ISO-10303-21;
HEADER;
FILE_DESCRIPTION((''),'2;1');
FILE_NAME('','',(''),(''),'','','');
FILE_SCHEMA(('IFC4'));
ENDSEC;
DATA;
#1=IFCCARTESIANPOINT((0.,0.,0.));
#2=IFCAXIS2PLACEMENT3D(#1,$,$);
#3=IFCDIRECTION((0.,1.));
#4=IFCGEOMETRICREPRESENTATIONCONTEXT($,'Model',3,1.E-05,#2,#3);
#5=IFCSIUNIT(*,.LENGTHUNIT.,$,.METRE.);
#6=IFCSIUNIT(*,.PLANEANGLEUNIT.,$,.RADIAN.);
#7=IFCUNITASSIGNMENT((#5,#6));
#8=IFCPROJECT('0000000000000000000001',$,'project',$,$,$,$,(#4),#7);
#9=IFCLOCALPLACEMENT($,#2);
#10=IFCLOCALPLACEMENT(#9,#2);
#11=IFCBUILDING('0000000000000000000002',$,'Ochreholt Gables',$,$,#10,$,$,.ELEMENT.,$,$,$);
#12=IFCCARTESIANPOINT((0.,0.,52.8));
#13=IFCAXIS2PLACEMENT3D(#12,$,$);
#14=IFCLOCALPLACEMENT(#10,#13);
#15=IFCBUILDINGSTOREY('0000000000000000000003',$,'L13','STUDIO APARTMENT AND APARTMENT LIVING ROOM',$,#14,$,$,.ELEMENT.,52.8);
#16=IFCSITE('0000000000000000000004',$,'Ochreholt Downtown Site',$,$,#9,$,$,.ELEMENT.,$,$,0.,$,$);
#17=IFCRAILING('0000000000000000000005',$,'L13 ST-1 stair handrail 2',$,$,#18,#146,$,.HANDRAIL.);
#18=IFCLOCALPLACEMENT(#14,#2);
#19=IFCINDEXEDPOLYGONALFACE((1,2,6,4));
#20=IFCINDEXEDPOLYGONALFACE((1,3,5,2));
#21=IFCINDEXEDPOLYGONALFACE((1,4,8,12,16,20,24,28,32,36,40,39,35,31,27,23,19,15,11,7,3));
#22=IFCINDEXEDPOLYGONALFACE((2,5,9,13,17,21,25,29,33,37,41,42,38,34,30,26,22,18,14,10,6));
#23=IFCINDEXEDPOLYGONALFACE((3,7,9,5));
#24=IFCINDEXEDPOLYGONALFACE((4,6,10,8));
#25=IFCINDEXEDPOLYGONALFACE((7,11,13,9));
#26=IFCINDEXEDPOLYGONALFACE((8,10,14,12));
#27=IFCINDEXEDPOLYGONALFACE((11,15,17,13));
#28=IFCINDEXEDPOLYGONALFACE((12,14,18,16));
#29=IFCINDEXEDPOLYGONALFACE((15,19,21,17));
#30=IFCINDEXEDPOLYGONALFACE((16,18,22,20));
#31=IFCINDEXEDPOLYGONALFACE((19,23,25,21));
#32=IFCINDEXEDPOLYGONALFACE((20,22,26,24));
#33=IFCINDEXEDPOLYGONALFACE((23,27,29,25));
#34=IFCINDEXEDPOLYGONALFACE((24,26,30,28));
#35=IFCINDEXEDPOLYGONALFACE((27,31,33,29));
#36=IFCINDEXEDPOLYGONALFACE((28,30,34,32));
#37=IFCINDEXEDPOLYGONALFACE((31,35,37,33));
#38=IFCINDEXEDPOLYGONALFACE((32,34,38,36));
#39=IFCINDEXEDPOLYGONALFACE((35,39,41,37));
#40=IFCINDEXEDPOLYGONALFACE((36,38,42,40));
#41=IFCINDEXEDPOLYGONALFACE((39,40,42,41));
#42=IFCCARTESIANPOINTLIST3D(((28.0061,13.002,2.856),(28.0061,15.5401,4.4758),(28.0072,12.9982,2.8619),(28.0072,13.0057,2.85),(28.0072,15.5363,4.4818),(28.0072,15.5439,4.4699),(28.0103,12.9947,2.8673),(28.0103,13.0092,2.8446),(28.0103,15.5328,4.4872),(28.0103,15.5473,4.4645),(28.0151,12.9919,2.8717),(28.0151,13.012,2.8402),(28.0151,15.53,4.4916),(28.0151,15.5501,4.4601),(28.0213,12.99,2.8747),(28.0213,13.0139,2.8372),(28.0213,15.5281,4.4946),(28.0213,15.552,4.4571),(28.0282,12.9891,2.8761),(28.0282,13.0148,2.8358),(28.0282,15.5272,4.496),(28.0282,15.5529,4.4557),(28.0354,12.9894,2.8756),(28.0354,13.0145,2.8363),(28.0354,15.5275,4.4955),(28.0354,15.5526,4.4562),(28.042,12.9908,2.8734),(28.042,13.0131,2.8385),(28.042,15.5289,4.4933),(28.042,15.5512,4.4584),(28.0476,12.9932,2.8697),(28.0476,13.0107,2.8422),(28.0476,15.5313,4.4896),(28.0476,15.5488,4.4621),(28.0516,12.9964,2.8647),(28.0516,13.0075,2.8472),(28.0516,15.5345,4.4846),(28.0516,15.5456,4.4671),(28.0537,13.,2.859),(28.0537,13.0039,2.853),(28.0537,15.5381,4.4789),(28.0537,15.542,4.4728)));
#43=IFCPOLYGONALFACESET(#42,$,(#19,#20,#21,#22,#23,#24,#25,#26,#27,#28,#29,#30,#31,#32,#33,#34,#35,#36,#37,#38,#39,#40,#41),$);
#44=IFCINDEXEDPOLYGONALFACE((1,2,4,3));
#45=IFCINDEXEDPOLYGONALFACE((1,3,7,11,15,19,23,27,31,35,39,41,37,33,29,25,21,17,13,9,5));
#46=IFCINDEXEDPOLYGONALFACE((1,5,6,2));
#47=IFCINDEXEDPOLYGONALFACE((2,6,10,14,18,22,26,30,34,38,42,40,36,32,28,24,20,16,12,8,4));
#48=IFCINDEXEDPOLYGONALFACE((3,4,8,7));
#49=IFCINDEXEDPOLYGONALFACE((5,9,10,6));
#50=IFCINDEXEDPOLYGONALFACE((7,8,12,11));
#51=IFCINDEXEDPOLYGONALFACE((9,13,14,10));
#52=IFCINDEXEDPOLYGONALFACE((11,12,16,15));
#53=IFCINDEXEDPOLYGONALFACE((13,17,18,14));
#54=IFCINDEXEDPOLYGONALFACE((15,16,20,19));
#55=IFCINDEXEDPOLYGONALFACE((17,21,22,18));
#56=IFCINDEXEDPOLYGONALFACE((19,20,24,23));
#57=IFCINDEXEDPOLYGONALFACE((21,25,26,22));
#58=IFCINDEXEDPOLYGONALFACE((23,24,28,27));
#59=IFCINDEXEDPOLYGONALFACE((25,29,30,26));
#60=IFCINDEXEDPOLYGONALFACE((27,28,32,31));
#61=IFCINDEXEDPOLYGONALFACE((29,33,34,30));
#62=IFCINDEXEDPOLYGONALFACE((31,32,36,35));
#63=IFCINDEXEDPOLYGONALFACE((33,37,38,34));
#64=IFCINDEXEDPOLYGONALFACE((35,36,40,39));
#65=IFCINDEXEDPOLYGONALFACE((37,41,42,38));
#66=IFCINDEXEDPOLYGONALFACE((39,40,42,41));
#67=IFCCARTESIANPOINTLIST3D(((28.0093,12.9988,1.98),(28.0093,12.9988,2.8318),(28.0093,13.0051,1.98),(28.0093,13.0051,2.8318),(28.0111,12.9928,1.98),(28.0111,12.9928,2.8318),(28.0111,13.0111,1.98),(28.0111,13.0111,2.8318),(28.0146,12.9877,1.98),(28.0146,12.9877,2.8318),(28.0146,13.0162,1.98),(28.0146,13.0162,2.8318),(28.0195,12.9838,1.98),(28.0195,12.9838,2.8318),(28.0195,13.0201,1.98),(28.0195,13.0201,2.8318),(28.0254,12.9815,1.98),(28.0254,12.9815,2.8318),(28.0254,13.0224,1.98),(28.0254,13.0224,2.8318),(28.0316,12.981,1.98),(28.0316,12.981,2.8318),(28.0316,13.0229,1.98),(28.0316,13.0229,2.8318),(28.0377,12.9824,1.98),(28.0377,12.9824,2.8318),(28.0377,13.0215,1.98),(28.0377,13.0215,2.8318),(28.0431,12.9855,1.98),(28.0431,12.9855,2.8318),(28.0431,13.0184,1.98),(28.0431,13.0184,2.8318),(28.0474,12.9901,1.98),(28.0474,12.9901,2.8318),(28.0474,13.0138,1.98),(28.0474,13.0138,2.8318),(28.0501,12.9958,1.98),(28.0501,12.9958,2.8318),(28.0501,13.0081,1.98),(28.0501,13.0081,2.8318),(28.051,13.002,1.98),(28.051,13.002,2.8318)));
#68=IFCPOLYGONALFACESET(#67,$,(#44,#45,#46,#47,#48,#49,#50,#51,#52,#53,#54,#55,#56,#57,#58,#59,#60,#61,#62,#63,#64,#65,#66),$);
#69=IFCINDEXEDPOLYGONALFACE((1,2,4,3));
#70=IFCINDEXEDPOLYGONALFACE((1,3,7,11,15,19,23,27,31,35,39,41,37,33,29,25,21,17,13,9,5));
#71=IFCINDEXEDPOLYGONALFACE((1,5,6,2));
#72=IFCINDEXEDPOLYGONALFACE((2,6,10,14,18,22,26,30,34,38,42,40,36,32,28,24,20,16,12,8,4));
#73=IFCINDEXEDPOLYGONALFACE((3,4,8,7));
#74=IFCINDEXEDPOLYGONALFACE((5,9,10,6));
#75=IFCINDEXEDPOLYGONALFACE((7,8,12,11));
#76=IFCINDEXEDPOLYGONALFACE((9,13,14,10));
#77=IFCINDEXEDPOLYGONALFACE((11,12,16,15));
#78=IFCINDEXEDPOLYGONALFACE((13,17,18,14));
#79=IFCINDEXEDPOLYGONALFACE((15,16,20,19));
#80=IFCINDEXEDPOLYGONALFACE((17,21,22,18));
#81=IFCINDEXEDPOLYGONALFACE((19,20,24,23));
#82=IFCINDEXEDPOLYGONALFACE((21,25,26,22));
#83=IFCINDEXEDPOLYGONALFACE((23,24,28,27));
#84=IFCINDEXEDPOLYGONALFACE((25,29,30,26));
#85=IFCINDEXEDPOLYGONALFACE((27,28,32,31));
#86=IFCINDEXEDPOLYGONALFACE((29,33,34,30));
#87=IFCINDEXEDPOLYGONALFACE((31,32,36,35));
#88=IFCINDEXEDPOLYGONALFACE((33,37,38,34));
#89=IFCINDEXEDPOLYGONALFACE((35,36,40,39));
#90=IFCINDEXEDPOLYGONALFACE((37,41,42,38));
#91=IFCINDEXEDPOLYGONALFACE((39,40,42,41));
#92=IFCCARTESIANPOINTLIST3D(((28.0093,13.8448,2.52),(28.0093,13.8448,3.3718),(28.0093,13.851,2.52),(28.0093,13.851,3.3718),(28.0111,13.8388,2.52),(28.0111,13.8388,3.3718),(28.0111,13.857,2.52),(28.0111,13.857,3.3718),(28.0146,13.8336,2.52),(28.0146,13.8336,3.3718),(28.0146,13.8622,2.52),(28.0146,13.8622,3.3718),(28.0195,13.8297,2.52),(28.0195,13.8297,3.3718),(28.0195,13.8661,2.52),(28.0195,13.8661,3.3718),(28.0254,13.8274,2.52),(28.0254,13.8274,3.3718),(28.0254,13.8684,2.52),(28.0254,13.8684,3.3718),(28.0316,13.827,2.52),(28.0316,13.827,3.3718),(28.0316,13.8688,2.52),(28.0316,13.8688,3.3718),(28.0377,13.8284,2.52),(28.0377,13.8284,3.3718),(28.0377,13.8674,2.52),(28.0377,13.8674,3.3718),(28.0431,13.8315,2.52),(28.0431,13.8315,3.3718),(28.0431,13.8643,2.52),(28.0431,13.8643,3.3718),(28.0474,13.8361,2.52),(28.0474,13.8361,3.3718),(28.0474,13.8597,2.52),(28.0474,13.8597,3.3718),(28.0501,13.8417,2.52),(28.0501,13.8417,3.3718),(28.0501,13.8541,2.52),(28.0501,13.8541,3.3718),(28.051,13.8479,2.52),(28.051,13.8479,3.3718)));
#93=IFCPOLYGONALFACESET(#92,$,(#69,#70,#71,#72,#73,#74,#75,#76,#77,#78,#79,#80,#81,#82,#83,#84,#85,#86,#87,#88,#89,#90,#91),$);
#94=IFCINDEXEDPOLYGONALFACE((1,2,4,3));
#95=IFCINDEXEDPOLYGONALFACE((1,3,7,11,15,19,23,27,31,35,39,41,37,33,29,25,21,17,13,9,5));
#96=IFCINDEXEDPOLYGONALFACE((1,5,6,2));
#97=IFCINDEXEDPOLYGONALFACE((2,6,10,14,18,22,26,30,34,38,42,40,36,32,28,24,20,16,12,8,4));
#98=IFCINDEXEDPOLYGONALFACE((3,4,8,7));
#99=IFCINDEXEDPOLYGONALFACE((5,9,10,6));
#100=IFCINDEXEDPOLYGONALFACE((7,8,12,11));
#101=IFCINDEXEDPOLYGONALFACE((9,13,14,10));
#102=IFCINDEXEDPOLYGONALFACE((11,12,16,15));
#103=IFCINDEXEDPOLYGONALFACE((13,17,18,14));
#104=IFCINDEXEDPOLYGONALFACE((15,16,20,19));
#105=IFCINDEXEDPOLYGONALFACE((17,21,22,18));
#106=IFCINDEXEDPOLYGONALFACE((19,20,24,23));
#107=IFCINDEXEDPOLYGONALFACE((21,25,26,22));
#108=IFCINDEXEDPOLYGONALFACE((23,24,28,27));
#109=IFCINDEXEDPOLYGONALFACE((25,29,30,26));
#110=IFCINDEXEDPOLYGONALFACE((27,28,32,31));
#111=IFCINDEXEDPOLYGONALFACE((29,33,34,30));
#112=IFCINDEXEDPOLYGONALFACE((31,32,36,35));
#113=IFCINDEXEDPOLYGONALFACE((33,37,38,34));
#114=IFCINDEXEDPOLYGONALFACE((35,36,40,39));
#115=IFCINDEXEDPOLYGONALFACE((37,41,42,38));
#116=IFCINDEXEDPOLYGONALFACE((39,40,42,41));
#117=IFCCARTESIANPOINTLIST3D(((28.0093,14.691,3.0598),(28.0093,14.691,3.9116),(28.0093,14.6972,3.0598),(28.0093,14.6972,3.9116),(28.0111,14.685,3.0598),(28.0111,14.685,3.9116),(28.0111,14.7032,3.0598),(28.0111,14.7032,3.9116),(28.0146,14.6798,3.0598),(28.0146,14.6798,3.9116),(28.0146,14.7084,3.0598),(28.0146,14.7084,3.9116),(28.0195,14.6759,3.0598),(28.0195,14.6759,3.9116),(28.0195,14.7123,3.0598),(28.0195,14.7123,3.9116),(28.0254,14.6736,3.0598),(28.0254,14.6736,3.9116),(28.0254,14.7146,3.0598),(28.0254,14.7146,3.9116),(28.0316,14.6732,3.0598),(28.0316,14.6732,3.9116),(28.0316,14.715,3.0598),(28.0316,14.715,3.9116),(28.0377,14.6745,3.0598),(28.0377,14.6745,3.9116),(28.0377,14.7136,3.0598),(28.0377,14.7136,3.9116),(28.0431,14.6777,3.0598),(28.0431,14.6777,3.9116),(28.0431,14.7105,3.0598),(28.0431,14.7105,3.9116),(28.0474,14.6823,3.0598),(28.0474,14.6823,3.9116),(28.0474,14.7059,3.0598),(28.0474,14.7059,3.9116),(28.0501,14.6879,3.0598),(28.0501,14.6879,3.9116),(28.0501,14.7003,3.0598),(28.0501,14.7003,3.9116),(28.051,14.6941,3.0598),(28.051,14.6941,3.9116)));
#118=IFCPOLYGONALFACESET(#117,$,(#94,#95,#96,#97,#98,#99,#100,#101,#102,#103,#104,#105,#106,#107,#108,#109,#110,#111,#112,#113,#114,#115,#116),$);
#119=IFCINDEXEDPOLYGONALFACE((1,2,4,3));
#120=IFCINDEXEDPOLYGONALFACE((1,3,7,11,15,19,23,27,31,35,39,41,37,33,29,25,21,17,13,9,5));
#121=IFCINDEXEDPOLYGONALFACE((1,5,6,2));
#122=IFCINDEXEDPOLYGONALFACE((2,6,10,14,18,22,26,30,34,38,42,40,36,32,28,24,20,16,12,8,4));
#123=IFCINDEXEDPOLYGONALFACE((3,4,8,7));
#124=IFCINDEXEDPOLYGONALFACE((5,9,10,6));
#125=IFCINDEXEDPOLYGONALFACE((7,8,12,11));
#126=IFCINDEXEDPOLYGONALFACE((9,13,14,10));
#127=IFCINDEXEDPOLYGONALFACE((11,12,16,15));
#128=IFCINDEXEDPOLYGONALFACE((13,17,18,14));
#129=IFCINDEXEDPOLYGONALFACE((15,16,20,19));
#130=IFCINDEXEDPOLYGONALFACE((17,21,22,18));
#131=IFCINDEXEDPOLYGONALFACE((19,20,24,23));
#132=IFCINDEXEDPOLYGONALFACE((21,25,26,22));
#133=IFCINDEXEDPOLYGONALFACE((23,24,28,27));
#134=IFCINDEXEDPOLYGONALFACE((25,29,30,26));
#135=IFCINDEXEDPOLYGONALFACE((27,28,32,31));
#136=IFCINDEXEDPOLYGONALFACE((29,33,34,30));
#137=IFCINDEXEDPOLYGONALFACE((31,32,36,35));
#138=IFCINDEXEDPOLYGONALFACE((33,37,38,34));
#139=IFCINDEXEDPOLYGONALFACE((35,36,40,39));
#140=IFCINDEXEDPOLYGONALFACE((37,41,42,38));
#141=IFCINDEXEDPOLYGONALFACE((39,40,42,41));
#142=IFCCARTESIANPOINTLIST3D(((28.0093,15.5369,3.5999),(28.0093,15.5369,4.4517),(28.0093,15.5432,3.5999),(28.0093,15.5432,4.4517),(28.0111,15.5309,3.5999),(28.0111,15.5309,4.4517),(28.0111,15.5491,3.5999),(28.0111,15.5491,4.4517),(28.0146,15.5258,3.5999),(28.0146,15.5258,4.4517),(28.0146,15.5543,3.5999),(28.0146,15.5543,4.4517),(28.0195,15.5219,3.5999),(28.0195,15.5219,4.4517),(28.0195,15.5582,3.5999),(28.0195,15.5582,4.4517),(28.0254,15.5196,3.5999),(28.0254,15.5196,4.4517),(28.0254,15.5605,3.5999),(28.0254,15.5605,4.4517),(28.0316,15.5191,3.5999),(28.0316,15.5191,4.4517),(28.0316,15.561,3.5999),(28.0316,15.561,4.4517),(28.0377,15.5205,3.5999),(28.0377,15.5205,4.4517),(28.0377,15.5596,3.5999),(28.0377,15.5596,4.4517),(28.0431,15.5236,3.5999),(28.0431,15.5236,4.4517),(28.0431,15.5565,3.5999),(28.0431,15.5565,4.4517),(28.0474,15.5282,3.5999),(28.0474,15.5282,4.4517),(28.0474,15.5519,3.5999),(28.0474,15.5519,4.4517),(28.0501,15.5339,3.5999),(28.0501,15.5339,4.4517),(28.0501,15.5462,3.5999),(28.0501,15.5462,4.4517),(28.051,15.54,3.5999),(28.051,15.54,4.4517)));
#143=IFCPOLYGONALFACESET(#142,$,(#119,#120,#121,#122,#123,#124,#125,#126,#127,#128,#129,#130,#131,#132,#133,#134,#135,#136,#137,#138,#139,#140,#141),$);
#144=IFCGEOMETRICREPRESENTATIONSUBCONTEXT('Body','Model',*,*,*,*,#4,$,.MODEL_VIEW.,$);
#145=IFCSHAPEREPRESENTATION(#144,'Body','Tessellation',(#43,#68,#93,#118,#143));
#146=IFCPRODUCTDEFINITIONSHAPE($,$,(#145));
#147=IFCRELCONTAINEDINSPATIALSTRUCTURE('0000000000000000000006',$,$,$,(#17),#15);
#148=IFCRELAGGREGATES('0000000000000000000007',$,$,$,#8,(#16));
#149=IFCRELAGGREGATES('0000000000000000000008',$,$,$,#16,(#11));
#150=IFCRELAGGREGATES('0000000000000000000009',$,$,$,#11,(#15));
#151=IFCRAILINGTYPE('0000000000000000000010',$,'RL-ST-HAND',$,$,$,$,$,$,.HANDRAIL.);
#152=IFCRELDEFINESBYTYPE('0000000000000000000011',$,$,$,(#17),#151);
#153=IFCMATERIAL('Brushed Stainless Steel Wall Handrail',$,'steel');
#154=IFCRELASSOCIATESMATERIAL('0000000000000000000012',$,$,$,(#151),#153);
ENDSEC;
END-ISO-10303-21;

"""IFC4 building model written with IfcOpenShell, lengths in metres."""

from ifc_helpers import new_model, si_unit, direction, frame, origin, origin_2d, place, context, subcontext, project, spatial, circle, extrude, material, type_object, element, save


model = new_model("IFC4")

# Units and contexts
model_context = context("Model", 3, precision=1e-05, world=origin(), true_north=direction((0.0, 1.0)))
body_context = subcontext(model_context, "Body", "Model", "MODEL_VIEW")
ifc_project = project(units=[si_unit("LENGTHUNIT", "METRE"), si_unit("PLANEANGLEUNIT", "RADIAN")], contexts=[model_context])

# Site, building, storey
site_placement = place(None, origin())
site = spatial("IfcSite", under=ifc_project, at=site_placement, Name="Ochreholt Downtown Site", CompositionType="ELEMENT", RefElevation=0.0)
building_placement = place(site_placement, origin())
building = spatial("IfcBuilding", under=site, at=building_placement, Name="Ochreholt Gables", CompositionType="ELEMENT")
storey_placement = place(building_placement, frame((0.0, 0.0, 52.8)))
storey = spatial("IfcBuildingStorey", under=building, at=storey_placement, Name="L13", Description="STUDIO APARTMENT AND APARTMENT LIVING ROOM", CompositionType="ELEMENT", Elevation=52.8)

# Railing
ifc_material_1 = material(Name="Brushed Stainless Steel Wall Handrail", Category="steel")
railing_type_1 = type_object("IfcRailingType", Name="RL-ST-HAND", PredefinedType="HANDRAIL", material=ifc_material_1)
railing_1_placement = place(storey_placement, frame((28.03, 13.002, 1.98)))
element("IfcRailing", 1, at=railing_1_placement, inside=storey, type_object=railing_type_1, Name="L13 ST-1 stair handrail 2", PredefinedType="HANDRAIL", context=body_context, shape_type="SweptSolid", body=[
    extrude(circle(Radius=0.0239, at=origin_2d()), frame((0.0, 0.0, 0.876), z_axis=(0.0, 0.84295, 0.537993), x_axis=(-1.0, 0.0, 0.0)), (0.0, 0.0, 1.0), 3.011),
    extrude(circle(Radius=0.021, at=origin_2d()), origin(), (0.0, 0.0, 1.0), 0.8518),
    extrude(circle(Radius=0.021, at=origin_2d()), frame((0.0, 0.8459, 0.54)), (0.0, 0.0, 1.0), 0.8518),
    extrude(circle(Radius=0.021, at=origin_2d()), frame((0.0, 1.6921, 1.0798)), (0.0, 0.0, 1.0), 0.8518),
    extrude(circle(Radius=0.021, at=origin_2d()), frame((0.0, 2.5381, 1.6199)), (0.0, 0.0, 1.0), 0.8518),
])

save(model, "model.ifc")
